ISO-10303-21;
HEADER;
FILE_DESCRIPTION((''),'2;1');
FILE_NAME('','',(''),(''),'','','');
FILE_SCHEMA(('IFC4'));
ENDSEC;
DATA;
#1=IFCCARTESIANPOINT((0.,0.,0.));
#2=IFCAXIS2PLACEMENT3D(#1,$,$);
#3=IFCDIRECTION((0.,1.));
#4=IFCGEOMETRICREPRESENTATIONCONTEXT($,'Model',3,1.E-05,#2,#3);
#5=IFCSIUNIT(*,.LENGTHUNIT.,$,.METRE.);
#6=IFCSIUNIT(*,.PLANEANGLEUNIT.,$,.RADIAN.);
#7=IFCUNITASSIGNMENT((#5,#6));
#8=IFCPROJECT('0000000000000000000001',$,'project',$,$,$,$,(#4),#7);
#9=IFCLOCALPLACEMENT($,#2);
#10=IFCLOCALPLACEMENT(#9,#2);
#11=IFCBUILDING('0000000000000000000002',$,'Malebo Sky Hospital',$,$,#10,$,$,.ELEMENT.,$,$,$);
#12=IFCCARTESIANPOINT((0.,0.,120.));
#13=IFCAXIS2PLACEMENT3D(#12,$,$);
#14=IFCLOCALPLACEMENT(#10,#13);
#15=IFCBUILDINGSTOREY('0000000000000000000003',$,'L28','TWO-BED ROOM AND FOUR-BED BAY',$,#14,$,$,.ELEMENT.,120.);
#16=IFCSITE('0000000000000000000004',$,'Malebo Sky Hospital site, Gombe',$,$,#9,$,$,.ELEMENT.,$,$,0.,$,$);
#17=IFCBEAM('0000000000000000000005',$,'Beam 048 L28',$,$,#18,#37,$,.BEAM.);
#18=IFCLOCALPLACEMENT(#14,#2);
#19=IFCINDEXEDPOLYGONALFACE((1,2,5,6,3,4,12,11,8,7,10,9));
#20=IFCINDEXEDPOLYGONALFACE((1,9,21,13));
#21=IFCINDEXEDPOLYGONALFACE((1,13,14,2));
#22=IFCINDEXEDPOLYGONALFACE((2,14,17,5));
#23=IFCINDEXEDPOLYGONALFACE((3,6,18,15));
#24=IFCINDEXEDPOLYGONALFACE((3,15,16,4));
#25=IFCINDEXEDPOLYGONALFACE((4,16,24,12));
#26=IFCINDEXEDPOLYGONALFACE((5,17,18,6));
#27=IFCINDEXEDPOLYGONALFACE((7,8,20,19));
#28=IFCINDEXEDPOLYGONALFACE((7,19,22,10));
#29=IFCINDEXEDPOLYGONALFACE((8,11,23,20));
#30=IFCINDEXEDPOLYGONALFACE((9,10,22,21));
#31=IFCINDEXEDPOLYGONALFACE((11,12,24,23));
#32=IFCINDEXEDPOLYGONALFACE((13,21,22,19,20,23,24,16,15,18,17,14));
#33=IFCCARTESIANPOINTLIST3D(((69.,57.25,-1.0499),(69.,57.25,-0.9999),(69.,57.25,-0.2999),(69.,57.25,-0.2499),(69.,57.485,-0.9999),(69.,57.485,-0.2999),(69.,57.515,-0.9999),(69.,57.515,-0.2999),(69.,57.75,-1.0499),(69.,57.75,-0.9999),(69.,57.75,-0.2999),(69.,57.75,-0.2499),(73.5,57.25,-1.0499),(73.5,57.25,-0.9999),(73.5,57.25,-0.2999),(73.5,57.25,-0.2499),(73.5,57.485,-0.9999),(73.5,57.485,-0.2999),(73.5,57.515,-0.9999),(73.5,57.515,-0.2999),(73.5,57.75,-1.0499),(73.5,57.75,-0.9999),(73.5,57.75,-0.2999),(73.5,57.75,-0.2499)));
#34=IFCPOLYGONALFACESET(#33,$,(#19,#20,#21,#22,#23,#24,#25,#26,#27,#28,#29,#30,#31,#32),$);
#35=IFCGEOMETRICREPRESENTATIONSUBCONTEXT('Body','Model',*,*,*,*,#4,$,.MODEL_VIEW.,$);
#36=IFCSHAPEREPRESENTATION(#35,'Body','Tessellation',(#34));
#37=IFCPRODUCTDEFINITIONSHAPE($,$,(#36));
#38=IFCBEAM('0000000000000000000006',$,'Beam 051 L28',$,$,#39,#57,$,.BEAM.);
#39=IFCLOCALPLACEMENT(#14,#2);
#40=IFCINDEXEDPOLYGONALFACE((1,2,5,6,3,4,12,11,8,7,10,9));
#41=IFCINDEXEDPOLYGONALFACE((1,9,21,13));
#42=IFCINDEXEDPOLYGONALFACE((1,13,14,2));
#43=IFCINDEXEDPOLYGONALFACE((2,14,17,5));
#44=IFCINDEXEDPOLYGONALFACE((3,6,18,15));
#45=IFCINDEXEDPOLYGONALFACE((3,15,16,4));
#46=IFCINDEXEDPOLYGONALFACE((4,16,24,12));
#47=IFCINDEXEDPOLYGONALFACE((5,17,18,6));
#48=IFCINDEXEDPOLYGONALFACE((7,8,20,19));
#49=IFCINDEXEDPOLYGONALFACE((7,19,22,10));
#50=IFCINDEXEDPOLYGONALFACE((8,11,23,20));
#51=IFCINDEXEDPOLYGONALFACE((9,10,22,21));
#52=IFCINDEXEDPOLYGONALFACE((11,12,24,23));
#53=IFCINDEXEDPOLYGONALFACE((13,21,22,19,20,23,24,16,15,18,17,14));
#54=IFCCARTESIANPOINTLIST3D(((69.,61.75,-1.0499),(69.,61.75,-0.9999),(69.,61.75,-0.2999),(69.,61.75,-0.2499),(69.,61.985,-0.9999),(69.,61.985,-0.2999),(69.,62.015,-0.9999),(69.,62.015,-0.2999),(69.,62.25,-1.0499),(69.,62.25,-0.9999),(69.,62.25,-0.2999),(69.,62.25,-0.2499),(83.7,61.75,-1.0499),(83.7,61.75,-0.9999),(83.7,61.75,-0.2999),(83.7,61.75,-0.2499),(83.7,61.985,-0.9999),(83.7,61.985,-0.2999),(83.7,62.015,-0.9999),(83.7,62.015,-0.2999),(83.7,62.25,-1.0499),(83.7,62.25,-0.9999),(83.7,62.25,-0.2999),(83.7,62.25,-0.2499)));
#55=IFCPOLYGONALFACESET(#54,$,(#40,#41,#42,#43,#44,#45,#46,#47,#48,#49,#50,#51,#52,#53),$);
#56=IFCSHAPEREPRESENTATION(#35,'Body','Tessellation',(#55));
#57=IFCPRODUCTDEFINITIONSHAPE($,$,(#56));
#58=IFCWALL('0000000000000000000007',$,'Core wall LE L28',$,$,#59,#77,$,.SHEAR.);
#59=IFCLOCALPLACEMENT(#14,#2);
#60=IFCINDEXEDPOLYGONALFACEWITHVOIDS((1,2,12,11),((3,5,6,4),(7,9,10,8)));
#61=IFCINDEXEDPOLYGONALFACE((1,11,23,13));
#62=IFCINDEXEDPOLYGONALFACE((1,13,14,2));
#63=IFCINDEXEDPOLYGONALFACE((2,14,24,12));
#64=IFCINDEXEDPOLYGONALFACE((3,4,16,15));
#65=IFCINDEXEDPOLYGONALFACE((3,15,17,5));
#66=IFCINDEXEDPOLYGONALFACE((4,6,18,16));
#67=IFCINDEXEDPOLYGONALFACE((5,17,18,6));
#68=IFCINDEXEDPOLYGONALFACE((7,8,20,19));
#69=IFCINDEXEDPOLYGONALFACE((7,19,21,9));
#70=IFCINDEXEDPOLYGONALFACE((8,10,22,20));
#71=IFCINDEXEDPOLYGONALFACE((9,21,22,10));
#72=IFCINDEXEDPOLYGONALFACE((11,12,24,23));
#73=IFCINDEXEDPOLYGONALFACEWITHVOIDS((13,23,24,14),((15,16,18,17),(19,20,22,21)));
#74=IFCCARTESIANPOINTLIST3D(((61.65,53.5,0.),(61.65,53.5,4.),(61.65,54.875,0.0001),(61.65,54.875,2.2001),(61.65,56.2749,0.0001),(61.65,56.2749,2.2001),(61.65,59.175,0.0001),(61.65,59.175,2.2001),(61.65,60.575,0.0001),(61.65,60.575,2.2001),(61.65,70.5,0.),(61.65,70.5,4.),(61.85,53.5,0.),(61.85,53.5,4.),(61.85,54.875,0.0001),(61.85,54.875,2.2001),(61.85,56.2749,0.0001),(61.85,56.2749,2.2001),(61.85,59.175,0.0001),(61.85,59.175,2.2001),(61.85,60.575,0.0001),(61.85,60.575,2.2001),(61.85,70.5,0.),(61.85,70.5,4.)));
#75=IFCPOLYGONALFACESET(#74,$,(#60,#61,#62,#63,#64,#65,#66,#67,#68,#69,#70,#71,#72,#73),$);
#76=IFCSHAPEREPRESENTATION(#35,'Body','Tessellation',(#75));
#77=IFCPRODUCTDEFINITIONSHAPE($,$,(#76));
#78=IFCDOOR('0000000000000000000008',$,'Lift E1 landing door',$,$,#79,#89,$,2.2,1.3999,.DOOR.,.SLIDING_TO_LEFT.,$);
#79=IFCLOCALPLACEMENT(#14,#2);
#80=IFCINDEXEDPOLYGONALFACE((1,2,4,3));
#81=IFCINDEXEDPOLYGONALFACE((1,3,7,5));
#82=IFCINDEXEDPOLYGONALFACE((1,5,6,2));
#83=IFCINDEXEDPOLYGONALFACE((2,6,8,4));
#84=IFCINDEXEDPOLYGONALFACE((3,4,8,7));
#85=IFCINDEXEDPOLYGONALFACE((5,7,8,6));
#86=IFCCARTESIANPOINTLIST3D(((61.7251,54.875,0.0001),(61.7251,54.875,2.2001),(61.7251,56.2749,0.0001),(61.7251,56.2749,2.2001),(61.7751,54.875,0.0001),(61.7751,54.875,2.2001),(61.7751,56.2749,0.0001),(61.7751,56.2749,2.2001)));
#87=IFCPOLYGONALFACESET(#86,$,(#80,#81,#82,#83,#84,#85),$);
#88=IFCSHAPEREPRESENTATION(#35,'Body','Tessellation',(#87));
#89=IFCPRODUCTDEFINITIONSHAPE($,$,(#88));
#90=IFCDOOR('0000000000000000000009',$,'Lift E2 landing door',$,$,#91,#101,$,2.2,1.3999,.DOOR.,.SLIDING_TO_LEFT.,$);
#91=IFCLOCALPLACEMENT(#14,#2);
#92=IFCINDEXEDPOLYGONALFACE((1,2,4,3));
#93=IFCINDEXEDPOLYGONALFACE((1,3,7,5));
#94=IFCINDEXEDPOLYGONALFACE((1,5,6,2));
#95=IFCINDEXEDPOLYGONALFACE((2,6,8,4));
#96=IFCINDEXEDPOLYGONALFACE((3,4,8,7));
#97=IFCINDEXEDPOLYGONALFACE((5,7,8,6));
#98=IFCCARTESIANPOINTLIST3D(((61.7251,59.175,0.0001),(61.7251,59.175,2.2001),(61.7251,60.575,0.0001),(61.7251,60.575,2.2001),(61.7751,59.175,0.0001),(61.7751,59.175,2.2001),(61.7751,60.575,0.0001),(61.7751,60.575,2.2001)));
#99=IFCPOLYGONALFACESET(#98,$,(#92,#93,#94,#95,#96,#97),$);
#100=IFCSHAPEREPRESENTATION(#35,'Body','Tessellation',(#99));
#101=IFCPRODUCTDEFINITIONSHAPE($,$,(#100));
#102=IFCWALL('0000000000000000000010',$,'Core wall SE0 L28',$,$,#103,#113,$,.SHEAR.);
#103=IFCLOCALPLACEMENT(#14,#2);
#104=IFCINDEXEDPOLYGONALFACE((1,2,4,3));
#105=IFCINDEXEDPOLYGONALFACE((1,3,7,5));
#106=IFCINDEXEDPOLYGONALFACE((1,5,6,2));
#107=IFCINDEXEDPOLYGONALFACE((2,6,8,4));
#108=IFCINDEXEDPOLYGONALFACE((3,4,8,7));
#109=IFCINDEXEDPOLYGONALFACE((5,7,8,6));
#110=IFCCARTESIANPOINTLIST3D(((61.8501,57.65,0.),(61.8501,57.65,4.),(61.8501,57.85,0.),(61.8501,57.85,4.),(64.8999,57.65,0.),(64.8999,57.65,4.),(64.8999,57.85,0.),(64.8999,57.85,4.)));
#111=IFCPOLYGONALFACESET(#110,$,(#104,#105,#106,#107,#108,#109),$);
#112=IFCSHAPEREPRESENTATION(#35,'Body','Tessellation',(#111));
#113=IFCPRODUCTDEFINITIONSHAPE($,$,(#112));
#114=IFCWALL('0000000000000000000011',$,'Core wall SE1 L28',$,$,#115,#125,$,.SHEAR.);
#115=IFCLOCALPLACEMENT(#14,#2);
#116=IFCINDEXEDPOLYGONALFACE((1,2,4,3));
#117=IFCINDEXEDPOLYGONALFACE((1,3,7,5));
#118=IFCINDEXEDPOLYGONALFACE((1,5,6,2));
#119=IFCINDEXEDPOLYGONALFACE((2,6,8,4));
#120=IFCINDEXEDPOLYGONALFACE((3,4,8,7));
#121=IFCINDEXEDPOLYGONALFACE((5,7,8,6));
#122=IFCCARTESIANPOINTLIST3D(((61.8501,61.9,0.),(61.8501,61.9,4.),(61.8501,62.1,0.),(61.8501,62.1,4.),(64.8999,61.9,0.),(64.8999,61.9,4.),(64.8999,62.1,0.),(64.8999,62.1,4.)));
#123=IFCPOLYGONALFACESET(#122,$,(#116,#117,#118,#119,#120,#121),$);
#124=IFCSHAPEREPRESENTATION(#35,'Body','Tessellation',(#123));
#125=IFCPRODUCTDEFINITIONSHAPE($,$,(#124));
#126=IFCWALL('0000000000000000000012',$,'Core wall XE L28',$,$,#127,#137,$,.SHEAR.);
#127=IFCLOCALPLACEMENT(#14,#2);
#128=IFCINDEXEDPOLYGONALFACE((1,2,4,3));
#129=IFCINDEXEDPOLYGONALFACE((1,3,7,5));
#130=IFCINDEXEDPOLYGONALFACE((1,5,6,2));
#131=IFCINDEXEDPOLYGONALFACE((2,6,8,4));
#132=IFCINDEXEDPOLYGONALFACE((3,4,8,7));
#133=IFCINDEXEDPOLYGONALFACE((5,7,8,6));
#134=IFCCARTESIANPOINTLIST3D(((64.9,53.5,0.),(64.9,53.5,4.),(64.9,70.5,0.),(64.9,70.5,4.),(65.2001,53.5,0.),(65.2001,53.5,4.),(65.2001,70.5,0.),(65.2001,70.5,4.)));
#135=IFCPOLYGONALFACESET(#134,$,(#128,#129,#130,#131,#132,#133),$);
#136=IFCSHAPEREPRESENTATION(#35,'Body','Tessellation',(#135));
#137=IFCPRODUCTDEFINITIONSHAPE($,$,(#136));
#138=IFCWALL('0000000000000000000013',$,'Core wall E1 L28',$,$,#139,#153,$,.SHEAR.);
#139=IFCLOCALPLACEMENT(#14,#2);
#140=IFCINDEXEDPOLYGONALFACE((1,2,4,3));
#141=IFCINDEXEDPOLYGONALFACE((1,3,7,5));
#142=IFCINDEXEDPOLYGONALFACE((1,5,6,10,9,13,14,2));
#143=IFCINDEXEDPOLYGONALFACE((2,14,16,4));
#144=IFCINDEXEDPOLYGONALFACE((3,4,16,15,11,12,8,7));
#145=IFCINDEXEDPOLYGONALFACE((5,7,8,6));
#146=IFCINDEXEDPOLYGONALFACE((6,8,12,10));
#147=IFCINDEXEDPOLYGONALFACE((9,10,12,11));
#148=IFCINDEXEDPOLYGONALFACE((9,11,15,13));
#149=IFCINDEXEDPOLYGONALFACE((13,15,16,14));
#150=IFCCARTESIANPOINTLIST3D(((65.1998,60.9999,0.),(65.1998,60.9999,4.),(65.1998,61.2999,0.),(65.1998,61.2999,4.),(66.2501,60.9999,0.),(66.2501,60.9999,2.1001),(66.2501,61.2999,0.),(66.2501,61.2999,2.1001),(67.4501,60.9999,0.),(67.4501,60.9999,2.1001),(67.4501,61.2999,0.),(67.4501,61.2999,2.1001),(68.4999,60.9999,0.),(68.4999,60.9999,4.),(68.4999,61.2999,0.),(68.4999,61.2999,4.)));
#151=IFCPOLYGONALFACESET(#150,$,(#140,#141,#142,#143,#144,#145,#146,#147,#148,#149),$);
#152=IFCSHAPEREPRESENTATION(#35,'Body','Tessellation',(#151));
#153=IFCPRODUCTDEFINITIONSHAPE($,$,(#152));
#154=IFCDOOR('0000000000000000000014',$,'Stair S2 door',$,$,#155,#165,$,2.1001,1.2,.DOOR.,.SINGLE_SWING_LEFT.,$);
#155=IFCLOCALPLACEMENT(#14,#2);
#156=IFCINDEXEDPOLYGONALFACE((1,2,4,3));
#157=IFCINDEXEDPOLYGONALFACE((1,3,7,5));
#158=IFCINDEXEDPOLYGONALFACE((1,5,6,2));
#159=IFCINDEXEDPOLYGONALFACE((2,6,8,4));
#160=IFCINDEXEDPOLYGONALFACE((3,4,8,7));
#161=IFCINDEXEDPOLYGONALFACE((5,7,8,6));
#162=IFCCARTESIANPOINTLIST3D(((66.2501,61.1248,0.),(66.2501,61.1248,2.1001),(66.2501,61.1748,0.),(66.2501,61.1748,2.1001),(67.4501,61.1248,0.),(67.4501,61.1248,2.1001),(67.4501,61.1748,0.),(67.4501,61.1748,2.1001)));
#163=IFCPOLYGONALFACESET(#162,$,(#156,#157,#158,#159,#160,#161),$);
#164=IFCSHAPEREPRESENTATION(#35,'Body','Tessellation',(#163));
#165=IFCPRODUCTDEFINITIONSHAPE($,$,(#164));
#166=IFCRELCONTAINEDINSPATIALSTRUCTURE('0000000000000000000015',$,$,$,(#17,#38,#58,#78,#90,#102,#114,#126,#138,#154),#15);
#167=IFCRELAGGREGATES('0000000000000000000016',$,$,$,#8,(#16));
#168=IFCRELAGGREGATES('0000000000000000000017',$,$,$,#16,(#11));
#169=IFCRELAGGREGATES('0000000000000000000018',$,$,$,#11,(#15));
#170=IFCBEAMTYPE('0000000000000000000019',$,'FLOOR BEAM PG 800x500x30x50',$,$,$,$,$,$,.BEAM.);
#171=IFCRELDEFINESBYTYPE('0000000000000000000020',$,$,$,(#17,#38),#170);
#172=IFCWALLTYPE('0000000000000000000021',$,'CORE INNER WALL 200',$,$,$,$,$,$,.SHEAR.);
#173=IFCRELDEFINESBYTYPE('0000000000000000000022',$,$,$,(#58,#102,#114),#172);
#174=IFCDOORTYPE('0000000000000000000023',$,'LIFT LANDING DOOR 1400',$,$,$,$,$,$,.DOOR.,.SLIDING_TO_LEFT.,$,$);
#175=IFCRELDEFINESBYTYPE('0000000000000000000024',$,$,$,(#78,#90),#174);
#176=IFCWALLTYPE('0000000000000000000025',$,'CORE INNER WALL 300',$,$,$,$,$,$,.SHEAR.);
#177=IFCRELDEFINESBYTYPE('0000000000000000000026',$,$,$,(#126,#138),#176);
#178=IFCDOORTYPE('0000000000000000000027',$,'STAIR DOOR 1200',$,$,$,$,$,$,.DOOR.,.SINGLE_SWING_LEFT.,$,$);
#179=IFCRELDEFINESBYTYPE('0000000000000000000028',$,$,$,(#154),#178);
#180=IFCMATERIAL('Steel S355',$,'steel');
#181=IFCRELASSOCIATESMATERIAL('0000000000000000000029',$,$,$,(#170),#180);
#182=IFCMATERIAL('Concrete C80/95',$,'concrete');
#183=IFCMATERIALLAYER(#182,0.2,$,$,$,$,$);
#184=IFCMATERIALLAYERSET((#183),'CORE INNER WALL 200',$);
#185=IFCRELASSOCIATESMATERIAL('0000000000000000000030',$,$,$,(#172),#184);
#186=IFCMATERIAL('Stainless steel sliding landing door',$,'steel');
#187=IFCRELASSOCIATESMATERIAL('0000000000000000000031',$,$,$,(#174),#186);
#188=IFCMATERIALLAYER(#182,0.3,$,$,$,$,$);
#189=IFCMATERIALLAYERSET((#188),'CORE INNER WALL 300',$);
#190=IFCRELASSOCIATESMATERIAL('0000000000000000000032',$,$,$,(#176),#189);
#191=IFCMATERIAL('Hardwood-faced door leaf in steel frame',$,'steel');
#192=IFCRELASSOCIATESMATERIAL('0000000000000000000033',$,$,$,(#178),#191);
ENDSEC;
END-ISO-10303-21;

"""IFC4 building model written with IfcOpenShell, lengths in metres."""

from ifc_helpers import new_model, si_unit, direction, frame, frame_2d, origin, origin_2d, place, context, subcontext, project, spatial, rectangle, i_section, extrude, material, layer, layer_set, material_profile, profile_set, type_object, element, fill, save


model = new_model("IFC4")

# Units and contexts
model_context = context("Model", 3, precision=1e-05, world=origin(), true_north=direction((0.0, 1.0)))
body_context = subcontext(model_context, "Body", "Model", "MODEL_VIEW")
ifc_project = project(units=[si_unit("LENGTHUNIT", "METRE"), si_unit("PLANEANGLEUNIT", "RADIAN")], contexts=[model_context])

# Site, building, storey
site_placement = place(None, origin())
site = spatial("IfcSite", under=ifc_project, at=site_placement, Name="Malebo Sky Hospital site, Gombe", CompositionType="ELEMENT", RefElevation=0.0)
building_placement = place(site_placement, origin())
building = spatial("IfcBuilding", under=site, at=building_placement, Name="Malebo Sky Hospital", CompositionType="ELEMENT")
storey_placement = place(building_placement, frame((0.0, 0.0, 120.0)))
storey = spatial("IfcBuildingStorey", under=building, at=storey_placement, Name="L28", Description="TWO-BED ROOM AND FOUR-BED BAY", CompositionType="ELEMENT", Elevation=120.0)

# Beams
ifc_material_1 = material(Name="Steel S355", Category="steel")
ifc_material_profile = material_profile(ifc_material_1, i_section(OverallWidth=0.5, OverallDepth=0.8, WebThickness=0.03, FlangeThickness=0.05, at=origin_2d()), Name="PG 800x500x30x50")
ifc_profile_set = profile_set([ifc_material_profile], Name="Steel S355")
beam_type = type_object("IfcBeamType", Name="FLOOR BEAM PG 800x500x30x50", PredefinedType="BEAM", material=ifc_profile_set)
beam_1_placement = place(storey_placement, frame((69.0, 57.5, -0.6499), z_axis=(1.0, 0.0, 0.0), x_axis=(0.0, 1.0, 0.0)))
element("IfcBeam", 1, at=beam_1_placement, inside=storey, type_object=beam_type, Name="Beam 048 L28", PredefinedType="BEAM", context=body_context, shape_type="SweptSolid", body=[
    extrude(i_section(OverallWidth=0.5, OverallDepth=0.8, WebThickness=0.03, FlangeThickness=0.05, at=origin_2d()), origin(), (0.0, 0.0, 1.0), 4.5),
])
beam_2_placement = place(storey_placement, frame((69.0, 62.0, -0.6499), z_axis=(1.0, 0.0, 0.0), x_axis=(0.0, 1.0, 0.0)))
element("IfcBeam", 2, at=beam_2_placement, inside=storey, type_object=beam_type, Name="Beam 051 L28", PredefinedType="BEAM", context=body_context, shape_type="SweptSolid", body=[
    extrude(i_section(OverallWidth=0.5, OverallDepth=0.8, WebThickness=0.03, FlangeThickness=0.05, at=origin_2d()), origin(), (0.0, 0.0, 1.0), 14.7),
])

# Wall, openings, doors
ifc_material_2 = material(Name="Concrete C80/95", Category="concrete")
ifc_layer_1 = layer(ifc_material_2, 0.2)
ifc_layer_set_1 = layer_set([ifc_layer_1], Name="CORE INNER WALL 200")
wall_type_1 = type_object("IfcWallType", Name="CORE INNER WALL 200", PredefinedType="SHEAR", material=ifc_layer_set_1)
wall_1_placement = place(storey_placement, frame((61.75, 53.5, 0.0), z_axis=(0.0, 0.0, 1.0), x_axis=(0.0, 1.0, 0.0)))
wall_1 = element("IfcWall", 3, at=wall_1_placement, inside=storey, type_object=wall_type_1, Name="Core wall LE L28", PredefinedType="SHEAR", context=body_context, shape_type="SweptSolid", body=[
    extrude(rectangle(XDim=17.0, YDim=0.2, at=frame_2d((8.5, 0.0))), origin(), (0.0, 0.0, 1.0), 4.0),
])
opening_1_placement = place(wall_1_placement, frame((1.375, 0.0, 0.0)))
opening_1 = element("IfcOpeningElement", 4, at=opening_1_placement, cuts=wall_1, PredefinedType="OPENING", context=body_context, shape_type="SweptSolid", body=[
    extrude(rectangle(XDim=1.3999, YDim=2.2, at=frame_2d((0.7, 1.1001))), frame((0.0, 0.1099, 0.0), z_axis=(0.0, -1.0, 0.0), x_axis=(1.0, 0.0, 0.0)), (0.0, 0.0, 1.0), 0.22),
])
opening_2_placement = place(wall_1_placement, frame((5.675, 0.0, 0.0)))
opening_2 = element("IfcOpeningElement", 5, at=opening_2_placement, cuts=wall_1, PredefinedType="OPENING", context=body_context, shape_type="SweptSolid", body=[
    extrude(rectangle(XDim=1.3999, YDim=2.2, at=frame_2d((0.7, 1.1001))), frame((0.0, 0.1099, 0.0), z_axis=(0.0, -1.0, 0.0), x_axis=(1.0, 0.0, 0.0)), (0.0, 0.0, 1.0), 0.22),
])
ifc_material_3 = material(Name="Stainless steel sliding landing door", Category="steel")
door_type_1 = type_object("IfcDoorType", Name="LIFT LANDING DOOR 1400", OperationType="SLIDING_TO_LEFT", PredefinedType="DOOR", material=ifc_material_3)
door_1_placement = place(opening_1_placement, origin())
door_1 = element("IfcDoor", 6, at=door_1_placement, inside=storey, type_object=door_type_1, Name="Lift E1 landing door", OperationType="SLIDING_TO_LEFT", OverallHeight=2.2, OverallWidth=1.3999, PredefinedType="DOOR", context=body_context, shape_type="SweptSolid", body=[
    extrude(rectangle(XDim=1.3999, YDim=2.2, at=frame_2d((0.7, 1.1001))), frame((0.0, 0.0249, 0.0), z_axis=(0.0, -1.0, 0.0), x_axis=(1.0, 0.0, 0.0)), (0.0, 0.0, 1.0), 0.05),
])
fill(opening_1, door_1)
door_2_placement = place(opening_2_placement, origin())
door_2 = element("IfcDoor", 7, at=door_2_placement, inside=storey, type_object=door_type_1, Name="Lift E2 landing door", OperationType="SLIDING_TO_LEFT", OverallHeight=2.2, OverallWidth=1.3999, PredefinedType="DOOR", context=body_context, shape_type="SweptSolid", body=[
    extrude(rectangle(XDim=1.3999, YDim=2.2, at=frame_2d((0.7, 1.1001))), frame((0.0, 0.0249, 0.0), z_axis=(0.0, -1.0, 0.0), x_axis=(1.0, 0.0, 0.0)), (0.0, 0.0, 1.0), 0.05),
])
fill(opening_2, door_2)

# Walls
for number, where, z_axis, x_axis, name in (
    (8, (61.8501, 57.75, 0.0), (0.0, 0.0, 1.0), (1.0, 0.0, 0.0), "Core wall SE0 L28"),
    (9, (61.8501, 62.0, 0.0), (0.0, 0.0, 1.0), (1.0, 0.0, 0.0), "Core wall SE1 L28"),
):
    element("IfcWall", number, at=place(storey_placement, frame(where, z_axis=z_axis, x_axis=x_axis)), inside=storey, type_object=wall_type_1, Name=name, PredefinedType="SHEAR", context=body_context, shape_type="SweptSolid", body=[
        extrude(rectangle(XDim=3.0498, YDim=0.2, at=frame_2d((1.5249, 0.0))), origin(), (0.0, 0.0, 1.0), 4.0),
    ])
ifc_layer_2 = layer(ifc_material_2, 0.3)
ifc_layer_set_2 = layer_set([ifc_layer_2], Name="CORE INNER WALL 300")
wall_type_2 = type_object("IfcWallType", Name="CORE INNER WALL 300", PredefinedType="SHEAR", material=ifc_layer_set_2)
wall_2_placement = place(storey_placement, frame((65.05, 53.5, 0.0), z_axis=(0.0, 0.0, 1.0), x_axis=(0.0, 1.0, 0.0)))
element("IfcWall", 10, at=wall_2_placement, inside=storey, type_object=wall_type_2, Name="Core wall XE L28", PredefinedType="SHEAR", context=body_context, shape_type="SweptSolid", body=[
    extrude(rectangle(XDim=17.0, YDim=0.3, at=frame_2d((8.5, 0.0))), origin(), (0.0, 0.0, 1.0), 4.0),
])

# Wall, opening, door
wall_3_placement = place(storey_placement, frame((65.2, 61.1499, 0.0), z_axis=(0.0, 0.0, 1.0), x_axis=(1.0, 0.0, 0.0)))
wall_3 = element("IfcWall", 11, at=wall_3_placement, inside=storey, type_object=wall_type_2, Name="Core wall E1 L28", PredefinedType="SHEAR", context=body_context, shape_type="SweptSolid", body=[
    extrude(rectangle(XDim=3.3, YDim=0.3, at=frame_2d((1.6499, 0.0))), origin(), (0.0, 0.0, 1.0), 4.0),
])
opening_3_placement = place(wall_3_placement, frame((1.05, 0.0, 0.0)))
opening_3 = element("IfcOpeningElement", 12, at=opening_3_placement, cuts=wall_3, PredefinedType="OPENING", context=body_context, shape_type="SweptSolid", body=[
    extrude(rectangle(XDim=1.2, YDim=2.1001, at=frame_2d((0.6001, 1.05))), frame((0.0, 0.1599, 0.0), z_axis=(0.0, -1.0, 0.0), x_axis=(1.0, 0.0, 0.0)), (0.0, 0.0, 1.0), 0.3201),
])
ifc_material_4 = material(Name="Hardwood-faced door leaf in steel frame", Category="steel")
door_type_2 = type_object("IfcDoorType", Name="STAIR DOOR 1200", OperationType="SINGLE_SWING_LEFT", PredefinedType="DOOR", material=ifc_material_4)
door_3_placement = place(opening_3_placement, origin())
door_3 = element("IfcDoor", 13, at=door_3_placement, inside=storey, type_object=door_type_2, Name="Stair S2 door", OperationType="SINGLE_SWING_LEFT", OverallHeight=2.1001, OverallWidth=1.2, PredefinedType="DOOR", context=body_context, shape_type="SweptSolid", body=[
    extrude(rectangle(XDim=1.2, YDim=2.1001, at=frame_2d((0.6001, 1.05))), frame((0.0, 0.0249, 0.0), z_axis=(0.0, -1.0, 0.0), x_axis=(1.0, 0.0, 0.0)), (0.0, 0.0, 1.0), 0.05),
])
fill(opening_3, door_3)

save(model, "model.ifc")
